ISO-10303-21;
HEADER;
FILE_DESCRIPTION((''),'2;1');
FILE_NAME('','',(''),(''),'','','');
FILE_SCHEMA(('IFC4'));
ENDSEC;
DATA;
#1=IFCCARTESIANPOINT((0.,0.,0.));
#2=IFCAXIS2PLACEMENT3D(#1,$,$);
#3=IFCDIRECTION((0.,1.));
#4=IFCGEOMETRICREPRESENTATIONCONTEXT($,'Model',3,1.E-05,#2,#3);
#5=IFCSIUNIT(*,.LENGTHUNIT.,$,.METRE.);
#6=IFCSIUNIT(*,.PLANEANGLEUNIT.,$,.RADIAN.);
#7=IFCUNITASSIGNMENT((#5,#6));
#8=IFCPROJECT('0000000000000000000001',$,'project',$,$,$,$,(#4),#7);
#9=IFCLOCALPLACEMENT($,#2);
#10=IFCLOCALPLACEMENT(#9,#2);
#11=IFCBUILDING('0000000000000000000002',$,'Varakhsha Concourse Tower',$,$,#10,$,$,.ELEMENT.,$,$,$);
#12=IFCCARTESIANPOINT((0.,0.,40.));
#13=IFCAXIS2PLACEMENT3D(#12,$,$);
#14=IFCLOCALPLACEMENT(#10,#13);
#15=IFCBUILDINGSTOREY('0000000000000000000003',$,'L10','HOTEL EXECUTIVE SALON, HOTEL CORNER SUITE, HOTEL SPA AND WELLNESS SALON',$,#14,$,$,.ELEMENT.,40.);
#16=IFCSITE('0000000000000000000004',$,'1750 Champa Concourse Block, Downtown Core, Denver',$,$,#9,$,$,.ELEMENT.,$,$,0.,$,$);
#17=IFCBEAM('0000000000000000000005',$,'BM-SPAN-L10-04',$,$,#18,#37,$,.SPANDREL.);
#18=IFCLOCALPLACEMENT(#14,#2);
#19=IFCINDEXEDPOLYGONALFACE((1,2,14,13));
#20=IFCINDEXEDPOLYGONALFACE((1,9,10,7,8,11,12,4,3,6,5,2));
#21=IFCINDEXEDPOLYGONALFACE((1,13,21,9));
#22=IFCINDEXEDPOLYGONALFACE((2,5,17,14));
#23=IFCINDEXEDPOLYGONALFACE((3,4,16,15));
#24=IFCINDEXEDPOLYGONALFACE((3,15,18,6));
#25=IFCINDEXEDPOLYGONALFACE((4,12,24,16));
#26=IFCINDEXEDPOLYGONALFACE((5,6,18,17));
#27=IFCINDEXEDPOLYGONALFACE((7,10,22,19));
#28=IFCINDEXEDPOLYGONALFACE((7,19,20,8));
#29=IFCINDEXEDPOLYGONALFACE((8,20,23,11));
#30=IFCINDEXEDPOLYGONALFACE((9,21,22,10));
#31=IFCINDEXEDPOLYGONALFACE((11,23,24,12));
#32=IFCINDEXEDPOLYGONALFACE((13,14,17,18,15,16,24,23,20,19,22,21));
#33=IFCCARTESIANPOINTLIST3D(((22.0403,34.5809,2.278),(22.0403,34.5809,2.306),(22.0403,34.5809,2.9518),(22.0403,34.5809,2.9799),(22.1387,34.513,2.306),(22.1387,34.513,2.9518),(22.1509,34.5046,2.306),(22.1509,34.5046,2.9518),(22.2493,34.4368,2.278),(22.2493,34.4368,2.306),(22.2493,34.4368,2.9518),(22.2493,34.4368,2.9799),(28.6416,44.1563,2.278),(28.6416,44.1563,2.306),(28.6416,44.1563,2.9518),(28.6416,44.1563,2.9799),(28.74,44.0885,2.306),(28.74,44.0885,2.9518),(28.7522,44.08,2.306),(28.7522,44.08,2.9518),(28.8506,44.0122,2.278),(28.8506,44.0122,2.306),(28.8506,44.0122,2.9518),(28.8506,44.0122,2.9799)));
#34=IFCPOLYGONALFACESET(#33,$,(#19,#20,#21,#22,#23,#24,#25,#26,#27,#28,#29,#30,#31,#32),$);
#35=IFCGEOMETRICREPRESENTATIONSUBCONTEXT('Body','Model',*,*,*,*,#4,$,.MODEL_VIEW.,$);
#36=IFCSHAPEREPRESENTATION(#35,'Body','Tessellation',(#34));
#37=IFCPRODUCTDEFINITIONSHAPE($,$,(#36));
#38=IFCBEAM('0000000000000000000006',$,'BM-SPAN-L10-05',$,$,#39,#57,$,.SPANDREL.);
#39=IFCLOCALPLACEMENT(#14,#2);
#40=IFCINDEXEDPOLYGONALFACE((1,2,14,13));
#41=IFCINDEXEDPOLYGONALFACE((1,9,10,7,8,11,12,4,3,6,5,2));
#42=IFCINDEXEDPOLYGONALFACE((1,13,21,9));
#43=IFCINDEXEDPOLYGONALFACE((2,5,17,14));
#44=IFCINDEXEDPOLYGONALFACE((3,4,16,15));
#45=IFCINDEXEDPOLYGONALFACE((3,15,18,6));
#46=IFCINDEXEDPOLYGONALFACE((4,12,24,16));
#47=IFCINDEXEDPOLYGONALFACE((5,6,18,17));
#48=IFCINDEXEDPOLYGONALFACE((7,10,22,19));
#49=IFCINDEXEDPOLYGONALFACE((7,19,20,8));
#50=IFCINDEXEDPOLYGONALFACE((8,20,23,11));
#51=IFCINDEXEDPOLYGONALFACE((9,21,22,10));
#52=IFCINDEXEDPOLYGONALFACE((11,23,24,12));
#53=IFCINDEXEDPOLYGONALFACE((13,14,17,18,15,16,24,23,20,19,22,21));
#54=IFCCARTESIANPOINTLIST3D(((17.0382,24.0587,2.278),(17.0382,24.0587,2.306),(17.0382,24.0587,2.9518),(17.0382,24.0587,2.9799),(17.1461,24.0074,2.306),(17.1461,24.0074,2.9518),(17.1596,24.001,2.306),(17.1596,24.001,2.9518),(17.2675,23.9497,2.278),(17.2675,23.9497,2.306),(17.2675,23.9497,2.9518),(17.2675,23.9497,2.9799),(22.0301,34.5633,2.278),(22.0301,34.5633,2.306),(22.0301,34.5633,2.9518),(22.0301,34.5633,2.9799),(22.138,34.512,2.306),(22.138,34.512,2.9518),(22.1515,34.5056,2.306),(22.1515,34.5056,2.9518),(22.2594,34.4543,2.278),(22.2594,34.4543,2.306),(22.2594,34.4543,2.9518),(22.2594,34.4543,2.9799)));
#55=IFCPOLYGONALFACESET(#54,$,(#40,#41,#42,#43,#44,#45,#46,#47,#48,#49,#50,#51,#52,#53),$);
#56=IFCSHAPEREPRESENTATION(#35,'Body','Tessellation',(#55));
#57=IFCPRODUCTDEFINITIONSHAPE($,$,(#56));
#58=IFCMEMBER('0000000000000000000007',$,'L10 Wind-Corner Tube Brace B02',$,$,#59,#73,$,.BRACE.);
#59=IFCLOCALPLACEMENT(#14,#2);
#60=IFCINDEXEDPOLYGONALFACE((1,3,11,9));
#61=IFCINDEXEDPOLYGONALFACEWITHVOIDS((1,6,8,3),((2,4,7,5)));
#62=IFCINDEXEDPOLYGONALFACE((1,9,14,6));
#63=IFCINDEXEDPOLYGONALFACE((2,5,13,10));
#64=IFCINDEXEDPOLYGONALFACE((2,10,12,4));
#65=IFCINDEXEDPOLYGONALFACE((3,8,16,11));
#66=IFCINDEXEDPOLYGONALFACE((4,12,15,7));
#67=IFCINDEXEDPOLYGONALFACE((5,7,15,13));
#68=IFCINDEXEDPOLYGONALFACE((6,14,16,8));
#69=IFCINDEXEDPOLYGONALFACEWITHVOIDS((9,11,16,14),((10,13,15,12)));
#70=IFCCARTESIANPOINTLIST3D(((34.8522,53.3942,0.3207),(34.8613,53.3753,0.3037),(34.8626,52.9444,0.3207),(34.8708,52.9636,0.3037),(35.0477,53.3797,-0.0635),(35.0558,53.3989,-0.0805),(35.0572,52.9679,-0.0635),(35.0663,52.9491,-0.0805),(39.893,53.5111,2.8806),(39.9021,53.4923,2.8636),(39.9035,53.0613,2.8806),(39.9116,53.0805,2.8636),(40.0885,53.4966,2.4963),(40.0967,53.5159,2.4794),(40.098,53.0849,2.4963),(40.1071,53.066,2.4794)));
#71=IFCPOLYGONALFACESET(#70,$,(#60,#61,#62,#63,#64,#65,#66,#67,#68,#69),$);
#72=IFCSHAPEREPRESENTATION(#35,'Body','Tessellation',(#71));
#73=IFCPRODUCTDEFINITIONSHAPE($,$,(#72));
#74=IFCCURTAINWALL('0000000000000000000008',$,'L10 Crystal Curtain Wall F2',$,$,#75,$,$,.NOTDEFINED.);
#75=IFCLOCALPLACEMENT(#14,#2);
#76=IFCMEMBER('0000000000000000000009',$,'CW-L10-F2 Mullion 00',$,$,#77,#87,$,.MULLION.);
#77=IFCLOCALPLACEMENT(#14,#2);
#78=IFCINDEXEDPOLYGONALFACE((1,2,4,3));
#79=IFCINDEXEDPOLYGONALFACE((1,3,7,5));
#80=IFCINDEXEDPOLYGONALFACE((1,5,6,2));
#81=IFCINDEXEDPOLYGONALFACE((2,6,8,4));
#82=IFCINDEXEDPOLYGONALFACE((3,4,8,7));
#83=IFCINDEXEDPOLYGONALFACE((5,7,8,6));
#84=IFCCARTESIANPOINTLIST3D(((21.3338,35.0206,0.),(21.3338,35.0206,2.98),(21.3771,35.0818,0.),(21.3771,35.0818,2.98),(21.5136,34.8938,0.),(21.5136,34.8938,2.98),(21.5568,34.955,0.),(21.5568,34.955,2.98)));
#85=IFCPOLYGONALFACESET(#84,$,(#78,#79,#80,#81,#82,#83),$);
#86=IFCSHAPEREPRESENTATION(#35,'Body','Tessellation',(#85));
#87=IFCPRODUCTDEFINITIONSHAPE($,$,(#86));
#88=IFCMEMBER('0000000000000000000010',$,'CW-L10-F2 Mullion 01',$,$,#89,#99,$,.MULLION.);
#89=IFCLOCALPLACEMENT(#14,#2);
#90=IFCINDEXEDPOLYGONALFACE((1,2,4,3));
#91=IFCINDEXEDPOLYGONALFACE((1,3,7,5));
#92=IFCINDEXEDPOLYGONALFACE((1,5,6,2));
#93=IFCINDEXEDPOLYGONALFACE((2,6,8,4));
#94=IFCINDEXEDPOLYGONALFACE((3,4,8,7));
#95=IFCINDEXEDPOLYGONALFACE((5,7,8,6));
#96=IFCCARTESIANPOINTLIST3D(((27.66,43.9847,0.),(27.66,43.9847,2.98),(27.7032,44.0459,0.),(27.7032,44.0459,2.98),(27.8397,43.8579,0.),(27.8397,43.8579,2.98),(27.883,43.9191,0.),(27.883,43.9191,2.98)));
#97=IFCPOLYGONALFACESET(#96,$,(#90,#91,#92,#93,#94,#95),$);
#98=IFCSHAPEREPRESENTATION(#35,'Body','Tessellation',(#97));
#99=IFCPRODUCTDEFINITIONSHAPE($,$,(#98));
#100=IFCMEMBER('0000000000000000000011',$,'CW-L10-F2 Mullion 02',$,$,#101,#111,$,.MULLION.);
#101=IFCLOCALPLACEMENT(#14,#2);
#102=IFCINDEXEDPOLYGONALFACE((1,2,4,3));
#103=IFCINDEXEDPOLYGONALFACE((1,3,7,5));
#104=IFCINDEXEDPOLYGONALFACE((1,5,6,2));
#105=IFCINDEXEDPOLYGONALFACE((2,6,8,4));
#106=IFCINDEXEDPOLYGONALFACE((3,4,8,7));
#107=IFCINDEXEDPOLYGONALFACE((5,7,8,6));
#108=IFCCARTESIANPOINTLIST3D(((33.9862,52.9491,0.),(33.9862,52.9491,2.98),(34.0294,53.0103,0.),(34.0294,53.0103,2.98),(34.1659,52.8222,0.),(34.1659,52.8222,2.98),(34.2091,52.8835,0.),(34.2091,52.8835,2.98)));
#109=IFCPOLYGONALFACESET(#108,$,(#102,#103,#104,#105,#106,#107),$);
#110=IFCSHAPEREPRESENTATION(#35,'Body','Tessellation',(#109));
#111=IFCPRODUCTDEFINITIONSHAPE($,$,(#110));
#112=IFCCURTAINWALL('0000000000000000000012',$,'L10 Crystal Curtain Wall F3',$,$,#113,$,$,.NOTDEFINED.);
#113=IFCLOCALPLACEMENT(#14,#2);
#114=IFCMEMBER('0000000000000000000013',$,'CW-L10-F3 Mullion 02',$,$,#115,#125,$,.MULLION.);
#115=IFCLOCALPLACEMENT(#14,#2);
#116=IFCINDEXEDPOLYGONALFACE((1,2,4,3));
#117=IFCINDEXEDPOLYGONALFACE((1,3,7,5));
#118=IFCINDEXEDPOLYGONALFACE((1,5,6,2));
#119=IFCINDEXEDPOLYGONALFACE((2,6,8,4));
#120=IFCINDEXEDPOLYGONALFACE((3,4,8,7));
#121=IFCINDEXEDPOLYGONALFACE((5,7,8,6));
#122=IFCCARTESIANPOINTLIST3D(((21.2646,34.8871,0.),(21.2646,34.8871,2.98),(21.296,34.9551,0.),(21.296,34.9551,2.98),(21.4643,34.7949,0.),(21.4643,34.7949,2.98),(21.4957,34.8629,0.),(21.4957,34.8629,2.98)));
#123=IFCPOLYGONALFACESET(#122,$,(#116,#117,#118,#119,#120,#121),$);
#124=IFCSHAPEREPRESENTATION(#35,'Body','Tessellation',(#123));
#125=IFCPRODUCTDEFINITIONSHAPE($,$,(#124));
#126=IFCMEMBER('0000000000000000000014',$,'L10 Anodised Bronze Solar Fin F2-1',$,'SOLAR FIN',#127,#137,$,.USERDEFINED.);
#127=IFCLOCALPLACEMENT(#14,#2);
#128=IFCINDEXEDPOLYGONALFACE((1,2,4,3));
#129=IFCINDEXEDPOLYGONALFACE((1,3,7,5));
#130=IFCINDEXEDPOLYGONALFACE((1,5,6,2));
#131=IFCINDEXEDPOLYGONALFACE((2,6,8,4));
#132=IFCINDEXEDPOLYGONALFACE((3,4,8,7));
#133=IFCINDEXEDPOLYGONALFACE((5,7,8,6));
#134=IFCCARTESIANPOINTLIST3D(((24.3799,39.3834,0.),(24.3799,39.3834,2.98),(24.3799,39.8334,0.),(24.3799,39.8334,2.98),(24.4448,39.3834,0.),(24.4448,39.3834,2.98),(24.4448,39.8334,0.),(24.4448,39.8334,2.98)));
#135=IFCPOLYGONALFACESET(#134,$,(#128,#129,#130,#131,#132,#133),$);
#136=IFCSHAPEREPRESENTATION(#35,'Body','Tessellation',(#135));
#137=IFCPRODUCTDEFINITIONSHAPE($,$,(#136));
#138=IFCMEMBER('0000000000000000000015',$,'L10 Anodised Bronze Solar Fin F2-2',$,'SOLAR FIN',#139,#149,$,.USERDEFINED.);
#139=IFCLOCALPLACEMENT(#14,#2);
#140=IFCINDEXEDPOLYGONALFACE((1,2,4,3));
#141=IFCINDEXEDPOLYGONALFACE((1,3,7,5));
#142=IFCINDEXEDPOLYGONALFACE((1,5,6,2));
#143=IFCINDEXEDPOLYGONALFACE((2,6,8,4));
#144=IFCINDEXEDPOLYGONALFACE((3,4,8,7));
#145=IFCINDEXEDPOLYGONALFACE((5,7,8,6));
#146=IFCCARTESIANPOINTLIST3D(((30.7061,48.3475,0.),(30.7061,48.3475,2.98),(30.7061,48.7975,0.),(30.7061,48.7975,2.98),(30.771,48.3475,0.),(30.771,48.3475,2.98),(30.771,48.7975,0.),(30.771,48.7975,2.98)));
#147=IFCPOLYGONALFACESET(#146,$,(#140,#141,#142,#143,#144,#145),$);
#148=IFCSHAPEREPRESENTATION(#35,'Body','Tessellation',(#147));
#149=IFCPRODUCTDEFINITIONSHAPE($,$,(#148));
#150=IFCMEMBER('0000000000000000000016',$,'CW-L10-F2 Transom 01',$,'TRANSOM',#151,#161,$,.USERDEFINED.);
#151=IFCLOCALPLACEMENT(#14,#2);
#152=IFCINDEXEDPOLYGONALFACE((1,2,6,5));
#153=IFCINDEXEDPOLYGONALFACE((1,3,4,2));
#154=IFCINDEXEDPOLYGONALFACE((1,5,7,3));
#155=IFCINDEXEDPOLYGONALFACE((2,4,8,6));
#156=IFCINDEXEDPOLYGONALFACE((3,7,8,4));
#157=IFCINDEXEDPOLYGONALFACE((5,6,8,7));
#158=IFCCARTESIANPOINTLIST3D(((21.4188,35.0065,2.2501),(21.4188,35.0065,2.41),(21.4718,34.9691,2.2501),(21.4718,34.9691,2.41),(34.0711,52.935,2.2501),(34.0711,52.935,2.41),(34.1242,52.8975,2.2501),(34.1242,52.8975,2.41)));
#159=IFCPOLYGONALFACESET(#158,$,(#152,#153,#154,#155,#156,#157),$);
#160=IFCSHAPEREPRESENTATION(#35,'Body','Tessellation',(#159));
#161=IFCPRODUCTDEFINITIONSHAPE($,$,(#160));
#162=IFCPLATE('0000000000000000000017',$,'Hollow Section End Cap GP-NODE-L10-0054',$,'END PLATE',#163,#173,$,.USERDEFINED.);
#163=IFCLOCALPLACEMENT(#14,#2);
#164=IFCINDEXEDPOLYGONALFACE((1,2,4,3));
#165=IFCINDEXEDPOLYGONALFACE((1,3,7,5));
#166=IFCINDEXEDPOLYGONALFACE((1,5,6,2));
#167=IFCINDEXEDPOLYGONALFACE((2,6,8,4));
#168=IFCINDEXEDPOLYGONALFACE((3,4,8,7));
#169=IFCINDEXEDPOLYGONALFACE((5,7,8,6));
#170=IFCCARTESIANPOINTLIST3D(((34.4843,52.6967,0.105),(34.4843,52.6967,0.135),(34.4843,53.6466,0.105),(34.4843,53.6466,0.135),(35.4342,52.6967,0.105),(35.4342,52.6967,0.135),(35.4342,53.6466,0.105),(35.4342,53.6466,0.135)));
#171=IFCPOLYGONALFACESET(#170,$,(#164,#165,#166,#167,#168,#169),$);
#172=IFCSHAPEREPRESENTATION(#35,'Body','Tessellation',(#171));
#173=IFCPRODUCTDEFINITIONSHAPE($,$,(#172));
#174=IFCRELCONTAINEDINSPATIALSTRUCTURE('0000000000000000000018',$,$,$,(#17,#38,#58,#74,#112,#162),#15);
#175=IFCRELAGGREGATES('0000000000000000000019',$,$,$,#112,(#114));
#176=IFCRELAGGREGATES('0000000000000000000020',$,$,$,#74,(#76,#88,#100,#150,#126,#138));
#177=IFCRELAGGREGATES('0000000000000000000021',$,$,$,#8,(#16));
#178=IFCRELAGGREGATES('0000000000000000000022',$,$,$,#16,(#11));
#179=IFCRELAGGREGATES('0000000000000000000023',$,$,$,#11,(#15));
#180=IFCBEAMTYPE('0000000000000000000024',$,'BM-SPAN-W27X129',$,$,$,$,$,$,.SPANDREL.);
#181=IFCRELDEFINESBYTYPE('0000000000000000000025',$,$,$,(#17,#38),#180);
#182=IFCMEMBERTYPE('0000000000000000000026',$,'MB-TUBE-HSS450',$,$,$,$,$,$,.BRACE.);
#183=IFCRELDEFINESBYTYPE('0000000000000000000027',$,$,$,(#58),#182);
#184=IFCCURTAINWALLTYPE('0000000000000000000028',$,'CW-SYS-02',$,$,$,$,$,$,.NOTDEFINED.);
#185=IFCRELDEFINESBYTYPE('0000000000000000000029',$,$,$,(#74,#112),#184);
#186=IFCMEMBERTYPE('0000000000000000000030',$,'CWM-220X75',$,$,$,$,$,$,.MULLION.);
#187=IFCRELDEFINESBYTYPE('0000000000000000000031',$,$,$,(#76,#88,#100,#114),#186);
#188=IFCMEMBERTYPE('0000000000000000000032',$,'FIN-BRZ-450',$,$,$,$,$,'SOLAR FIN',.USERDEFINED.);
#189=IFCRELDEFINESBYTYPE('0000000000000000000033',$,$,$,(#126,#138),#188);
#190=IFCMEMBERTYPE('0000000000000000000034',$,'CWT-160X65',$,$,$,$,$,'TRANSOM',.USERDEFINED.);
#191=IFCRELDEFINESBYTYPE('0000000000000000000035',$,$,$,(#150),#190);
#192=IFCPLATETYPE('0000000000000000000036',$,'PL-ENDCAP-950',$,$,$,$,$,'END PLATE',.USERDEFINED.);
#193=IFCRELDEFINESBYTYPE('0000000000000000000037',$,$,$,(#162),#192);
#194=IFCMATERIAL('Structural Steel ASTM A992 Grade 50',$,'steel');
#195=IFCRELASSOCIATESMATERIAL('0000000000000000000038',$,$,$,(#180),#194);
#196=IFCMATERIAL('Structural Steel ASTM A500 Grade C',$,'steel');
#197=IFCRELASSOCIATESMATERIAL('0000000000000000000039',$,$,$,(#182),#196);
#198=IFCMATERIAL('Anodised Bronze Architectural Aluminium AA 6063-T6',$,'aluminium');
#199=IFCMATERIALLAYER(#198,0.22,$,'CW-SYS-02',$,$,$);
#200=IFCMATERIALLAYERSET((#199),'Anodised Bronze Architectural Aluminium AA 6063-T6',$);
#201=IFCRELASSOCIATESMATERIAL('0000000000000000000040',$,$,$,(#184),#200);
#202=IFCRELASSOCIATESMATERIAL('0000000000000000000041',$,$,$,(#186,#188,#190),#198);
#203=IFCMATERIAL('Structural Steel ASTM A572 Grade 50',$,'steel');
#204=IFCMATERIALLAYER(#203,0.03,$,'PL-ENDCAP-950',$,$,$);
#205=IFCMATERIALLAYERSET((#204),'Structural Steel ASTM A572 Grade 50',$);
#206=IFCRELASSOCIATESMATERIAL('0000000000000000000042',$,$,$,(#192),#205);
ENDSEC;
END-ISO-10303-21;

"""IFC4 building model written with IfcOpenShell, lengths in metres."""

from ifc_helpers import new_model, si_unit, direction, frame, origin, origin_2d, place, context, subcontext, project, spatial, rectangle, hollow_rectangle, i_section, extrude, source, transform, mapped, material, layer, layer_set, material_profile, profile_set, type_object, type_shapes, element, aggregate, save


model = new_model("IFC4")

# Units and contexts
model_context = context("Model", 3, precision=1e-05, world=origin(), true_north=direction((0.0, 1.0)))
body_context = subcontext(model_context, "Body", "Model", "MODEL_VIEW")
ifc_project = project(units=[si_unit("LENGTHUNIT", "METRE"), si_unit("PLANEANGLEUNIT", "RADIAN")], contexts=[model_context])

# Site, building, storey
site_placement = place(None, origin())
site = spatial("IfcSite", under=ifc_project, at=site_placement, Name="1750 Champa Concourse Block, Downtown Core, Denver", CompositionType="ELEMENT", RefElevation=0.0)
building_placement = place(site_placement, origin())
building = spatial("IfcBuilding", under=site, at=building_placement, Name="Varakhsha Concourse Tower", CompositionType="ELEMENT")
storey_placement = place(building_placement, frame((0.0, 0.0, 40.0)))
storey = spatial("IfcBuildingStorey", under=building, at=storey_placement, Name="L10", Description="HOTEL EXECUTIVE SALON, HOTEL CORNER SUITE, HOTEL SPA AND WELLNESS SALON", CompositionType="ELEMENT", Elevation=40.0)

# Shared definitions
ifc_material_1 = material(Name="Structural Steel ASTM A992 Grade 50", Category="steel")
ifc_material_2 = material(Name="Structural Steel ASTM A572 Grade 50", Category="steel")

# Beams
ifc_material_profile_1 = material_profile(ifc_material_1, i_section(OverallWidth=0.2539, OverallDepth=0.7019, WebThickness=0.0149, FlangeThickness=0.0281, at=origin_2d()), Name="W27X129")
ifc_profile_set_1 = profile_set([ifc_material_profile_1], Name="Structural Steel ASTM A992 Grade 50")
beam_type_1 = type_object("IfcBeamType", Name="BM-SPAN-W27X129", PredefinedType="SPANDREL", material=ifc_profile_set_1)
for number, where, z_axis, x_axis, name in (
    (1, (28.7461, 44.0842, 2.6289), (-0.567591, -0.823311, 0.0), (0.823311, -0.567591, 0.0), "BM-SPAN-L10-04"),
    (2, (22.1448, 34.5088, 2.6289), (-0.429214, -0.903203, 0.0), (0.903203, -0.429214, 0.0), "BM-SPAN-L10-05"),
):
    element("IfcBeam", number, at=place(storey_placement, frame(where, z_axis=z_axis, x_axis=x_axis)), inside=storey, type_object=beam_type_1, Name=name, PredefinedType="SPANDREL", context=body_context, shape_type="SweptSolid", body=[
        extrude(i_section(OverallWidth=0.2539, OverallDepth=0.7019, WebThickness=0.0149, FlangeThickness=0.0281, at=origin_2d()), origin(), (0.0, 0.0, 1.0), 11.6304),
    ])

# Member
ifc_material_3 = material(Name="Structural Steel ASTM A500 Grade C", Category="steel")
ifc_material_profile_2 = material_profile(ifc_material_3, hollow_rectangle(XDim=0.45, YDim=0.45, WallThickness=0.019, at=origin_2d()), Name="HSS 450x450x19")
ifc_profile_set_2 = profile_set([ifc_material_profile_2], Name="Structural Steel ASTM A500 Grade C")
member_type_1 = type_object("IfcMemberType", Name="MB-TUBE-HSS450", PredefinedType="BRACE", material=ifc_profile_set_2)
shared_shape_1 = source(origin(), body_context, "Body", "SweptSolid", [
    extrude(hollow_rectangle(XDim=0.45, YDim=0.45, WallThickness=0.019, at=origin_2d()), origin(), (0.0, 0.0, 1.0), 5.6548),
])
type_shapes(member_type_1, [shared_shape_1])
member_1_placement = place(storey_placement, frame((34.9592, 53.1716, 0.1201), z_axis=(0.891429, 0.020681, 0.452687), x_axis=(-0.023193, 0.999731, 0.0)))
element("IfcMember", 3, at=member_1_placement, inside=storey, type_object=member_type_1, Name="L10 Wind-Corner Tube Brace B02", PredefinedType="BRACE", context=body_context, shape_type="MappedRepresentation", body=[
    mapped(shared_shape_1, transform((0.0, 0.0, 0.0), scale=1.0)),
])

# Curtain wall, members
ifc_material_4 = material(Name="Anodised Bronze Architectural Aluminium AA 6063-T6", Category="aluminium")
ifc_layer_1 = layer(ifc_material_4, 0.22, Name="CW-SYS-02")
ifc_layer_set_1 = layer_set([ifc_layer_1], Name="Anodised Bronze Architectural Aluminium AA 6063-T6")
curtain_wall_type = type_object("IfcCurtainWallType", Name="CW-SYS-02", PredefinedType="NOTDEFINED", material=ifc_layer_set_1)
curtain_wall_1_placement = place(storey_placement, origin())
curtain_wall_1 = element("IfcCurtainWall", 4, at=curtain_wall_1_placement, inside=storey, type_object=curtain_wall_type, Name="L10 Crystal Curtain Wall F2", PredefinedType="NOTDEFINED")
ifc_material_profile_3 = material_profile(ifc_material_4, rectangle(XDim=0.075, YDim=0.22, at=origin_2d()), Name="CWM-220X75")
ifc_profile_set_3 = profile_set([ifc_material_profile_3], Name="Anodised Bronze Architectural Aluminium AA 6063-T6")
member_type_2 = type_object("IfcMemberType", Name="CWM-220X75", PredefinedType="MULLION", material=ifc_profile_set_3)
shared_shape_2 = source(origin(), body_context, "Body", "SweptSolid", [
    extrude(rectangle(XDim=0.075, YDim=0.22, at=origin_2d()), origin(), (0.0, 0.0, 1.0), 2.98),
])
type_shapes(member_type_2, [shared_shape_2])
member_2_placement = place(storey_placement, frame((21.4453, 34.9878, 0.0), z_axis=(0.0, 0.0, 1.0), x_axis=(0.576593, 0.817031, 0.0)))
member_2 = element("IfcMember", 5, at=member_2_placement, type_object=member_type_2, Name="CW-L10-F2 Mullion 00", PredefinedType="MULLION", context=body_context, shape_type="MappedRepresentation", body=[
    mapped(shared_shape_2, transform((0.0, 0.0, 0.0), scale=1.0)),
])
member_3_placement = place(storey_placement, frame((27.7715, 43.9519, 0.0), z_axis=(0.0, 0.0, 1.0), x_axis=(0.576593, 0.817031, 0.0)))
member_3 = element("IfcMember", 6, at=member_3_placement, type_object=member_type_2, Name="CW-L10-F2 Mullion 01", PredefinedType="MULLION", context=body_context, shape_type="MappedRepresentation", body=[
    mapped(shared_shape_2, transform((0.0, 0.0, 0.0), scale=1.0)),
])
member_4_placement = place(storey_placement, frame((34.0977, 52.9163, 0.0), z_axis=(0.0, 0.0, 1.0), x_axis=(0.576593, 0.817031, 0.0)))
member_4 = element("IfcMember", 7, at=member_4_placement, type_object=member_type_2, Name="CW-L10-F2 Mullion 02", PredefinedType="MULLION", context=body_context, shape_type="MappedRepresentation", body=[
    mapped(shared_shape_2, transform((0.0, 0.0, 0.0), scale=1.0)),
])

# Curtain wall, member
curtain_wall_2_placement = place(storey_placement, origin())
curtain_wall_2 = element("IfcCurtainWall", 8, at=curtain_wall_2_placement, inside=storey, type_object=curtain_wall_type, Name="L10 Crystal Curtain Wall F3", PredefinedType="NOTDEFINED")
member_5_placement = place(storey_placement, frame((21.3801, 34.875, 0.0), z_axis=(0.0, 0.0, 1.0), x_axis=(0.41927, 0.907862, 0.0)))
member_5 = element("IfcMember", 9, at=member_5_placement, type_object=member_type_2, Name="CW-L10-F3 Mullion 02", PredefinedType="MULLION", context=body_context, shape_type="MappedRepresentation", body=[
    mapped(shared_shape_2, transform((0.0, 0.0, 0.0), scale=1.0)),
])
aggregate(curtain_wall_2, [member_5])

# Members
ifc_material_profile_4 = material_profile(ifc_material_4, rectangle(XDim=0.0649, YDim=0.45, at=origin_2d()), Name="FIN-BRZ-450")
ifc_profile_set_4 = profile_set([ifc_material_profile_4], Name="Anodised Bronze Architectural Aluminium AA 6063-T6")
member_type_3 = type_object("IfcMemberType", Name="FIN-BRZ-450", ElementType="SOLAR FIN", PredefinedType="USERDEFINED", material=ifc_profile_set_4)
shared_shape_3 = source(origin(), body_context, "Body", "SweptSolid", [
    extrude(rectangle(XDim=0.0649, YDim=0.45, at=origin_2d()), origin(), (0.0, 0.0, 1.0), 2.98),
])
type_shapes(member_type_3, [shared_shape_3])
member_6_placement = place(storey_placement, frame((24.4124, 39.6084, 0.0), z_axis=(0.0, 0.0, 1.0), x_axis=(1.0, 0.0, 0.0)))
member_6 = element("IfcMember", 10, at=member_6_placement, type_object=member_type_3, Name="L10 Anodised Bronze Solar Fin F2-1", ObjectType="SOLAR FIN", PredefinedType="USERDEFINED", context=body_context, shape_type="MappedRepresentation", body=[
    mapped(shared_shape_3, transform((0.0, 0.0, 0.0), scale=1.0)),
])
member_7_placement = place(storey_placement, frame((30.7385, 48.5725, 0.0), z_axis=(0.0, 0.0, 1.0), x_axis=(1.0, 0.0, 0.0)))
member_7 = element("IfcMember", 11, at=member_7_placement, type_object=member_type_3, Name="L10 Anodised Bronze Solar Fin F2-2", ObjectType="SOLAR FIN", PredefinedType="USERDEFINED", context=body_context, shape_type="MappedRepresentation", body=[
    mapped(shared_shape_3, transform((0.0, 0.0, 0.0), scale=1.0)),
])
ifc_material_profile_5 = material_profile(ifc_material_4, rectangle(XDim=0.0649, YDim=0.1599, at=origin_2d()), Name="CWT-160X65")
ifc_profile_set_5 = profile_set([ifc_material_profile_5], Name="Anodised Bronze Architectural Aluminium AA 6063-T6")
member_type_4 = type_object("IfcMemberType", Name="CWT-160X65", ElementType="TRANSOM", PredefinedType="USERDEFINED", material=ifc_profile_set_5)
shared_shape_4 = source(origin(), body_context, "Body", "SweptSolid", [
    extrude(rectangle(XDim=0.0649, YDim=0.1599, at=origin_2d()), origin(), (0.0, 0.0, 1.0), 21.9434),
])
type_shapes(member_type_4, [shared_shape_4])
member_8_placement = place(storey_placement, frame((21.4453, 34.9878, 2.3301), z_axis=(0.576591, 0.817033, 0.0), x_axis=(-0.817033, 0.576591, 0.0)))
member_8 = element("IfcMember", 12, at=member_8_placement, type_object=member_type_4, Name="CW-L10-F2 Transom 01", ObjectType="TRANSOM", PredefinedType="USERDEFINED", context=body_context, shape_type="MappedRepresentation", body=[
    mapped(shared_shape_4, transform((0.0, 0.0, 0.0), scale=1.0)),
])

# Plate
ifc_layer_2 = layer(ifc_material_2, 0.03, Name="PL-ENDCAP-950")
ifc_layer_set_2 = layer_set([ifc_layer_2], Name="Structural Steel ASTM A572 Grade 50")
plate_type_1 = type_object("IfcPlateType", Name="PL-ENDCAP-950", ElementType="END PLATE", PredefinedType="USERDEFINED", material=ifc_layer_set_2)
shared_shape_5 = source(origin(), body_context, "Body", "SweptSolid", [
    extrude(rectangle(XDim=0.95, YDim=0.95, at=origin_2d()), origin(), (0.0, 0.0, 1.0), 0.03),
])
type_shapes(plate_type_1, [shared_shape_5])
plate_1_placement = place(storey_placement, frame((34.9592, 53.1716, 0.105), z_axis=(0.0, 0.0, 1.0), x_axis=(1.0, 0.0, 0.0)))
element("IfcPlate", 13, at=plate_1_placement, inside=storey, type_object=plate_type_1, Name="Hollow Section End Cap GP-NODE-L10-0054", ObjectType="END PLATE", PredefinedType="USERDEFINED", context=body_context, shape_type="MappedRepresentation", body=[
    mapped(shared_shape_5, transform((0.0, 0.0, 0.0), scale=1.0)),
])
aggregate(curtain_wall_1, [member_2, member_3, member_4, member_8, member_6, member_7])

save(model, "model.ifc")
